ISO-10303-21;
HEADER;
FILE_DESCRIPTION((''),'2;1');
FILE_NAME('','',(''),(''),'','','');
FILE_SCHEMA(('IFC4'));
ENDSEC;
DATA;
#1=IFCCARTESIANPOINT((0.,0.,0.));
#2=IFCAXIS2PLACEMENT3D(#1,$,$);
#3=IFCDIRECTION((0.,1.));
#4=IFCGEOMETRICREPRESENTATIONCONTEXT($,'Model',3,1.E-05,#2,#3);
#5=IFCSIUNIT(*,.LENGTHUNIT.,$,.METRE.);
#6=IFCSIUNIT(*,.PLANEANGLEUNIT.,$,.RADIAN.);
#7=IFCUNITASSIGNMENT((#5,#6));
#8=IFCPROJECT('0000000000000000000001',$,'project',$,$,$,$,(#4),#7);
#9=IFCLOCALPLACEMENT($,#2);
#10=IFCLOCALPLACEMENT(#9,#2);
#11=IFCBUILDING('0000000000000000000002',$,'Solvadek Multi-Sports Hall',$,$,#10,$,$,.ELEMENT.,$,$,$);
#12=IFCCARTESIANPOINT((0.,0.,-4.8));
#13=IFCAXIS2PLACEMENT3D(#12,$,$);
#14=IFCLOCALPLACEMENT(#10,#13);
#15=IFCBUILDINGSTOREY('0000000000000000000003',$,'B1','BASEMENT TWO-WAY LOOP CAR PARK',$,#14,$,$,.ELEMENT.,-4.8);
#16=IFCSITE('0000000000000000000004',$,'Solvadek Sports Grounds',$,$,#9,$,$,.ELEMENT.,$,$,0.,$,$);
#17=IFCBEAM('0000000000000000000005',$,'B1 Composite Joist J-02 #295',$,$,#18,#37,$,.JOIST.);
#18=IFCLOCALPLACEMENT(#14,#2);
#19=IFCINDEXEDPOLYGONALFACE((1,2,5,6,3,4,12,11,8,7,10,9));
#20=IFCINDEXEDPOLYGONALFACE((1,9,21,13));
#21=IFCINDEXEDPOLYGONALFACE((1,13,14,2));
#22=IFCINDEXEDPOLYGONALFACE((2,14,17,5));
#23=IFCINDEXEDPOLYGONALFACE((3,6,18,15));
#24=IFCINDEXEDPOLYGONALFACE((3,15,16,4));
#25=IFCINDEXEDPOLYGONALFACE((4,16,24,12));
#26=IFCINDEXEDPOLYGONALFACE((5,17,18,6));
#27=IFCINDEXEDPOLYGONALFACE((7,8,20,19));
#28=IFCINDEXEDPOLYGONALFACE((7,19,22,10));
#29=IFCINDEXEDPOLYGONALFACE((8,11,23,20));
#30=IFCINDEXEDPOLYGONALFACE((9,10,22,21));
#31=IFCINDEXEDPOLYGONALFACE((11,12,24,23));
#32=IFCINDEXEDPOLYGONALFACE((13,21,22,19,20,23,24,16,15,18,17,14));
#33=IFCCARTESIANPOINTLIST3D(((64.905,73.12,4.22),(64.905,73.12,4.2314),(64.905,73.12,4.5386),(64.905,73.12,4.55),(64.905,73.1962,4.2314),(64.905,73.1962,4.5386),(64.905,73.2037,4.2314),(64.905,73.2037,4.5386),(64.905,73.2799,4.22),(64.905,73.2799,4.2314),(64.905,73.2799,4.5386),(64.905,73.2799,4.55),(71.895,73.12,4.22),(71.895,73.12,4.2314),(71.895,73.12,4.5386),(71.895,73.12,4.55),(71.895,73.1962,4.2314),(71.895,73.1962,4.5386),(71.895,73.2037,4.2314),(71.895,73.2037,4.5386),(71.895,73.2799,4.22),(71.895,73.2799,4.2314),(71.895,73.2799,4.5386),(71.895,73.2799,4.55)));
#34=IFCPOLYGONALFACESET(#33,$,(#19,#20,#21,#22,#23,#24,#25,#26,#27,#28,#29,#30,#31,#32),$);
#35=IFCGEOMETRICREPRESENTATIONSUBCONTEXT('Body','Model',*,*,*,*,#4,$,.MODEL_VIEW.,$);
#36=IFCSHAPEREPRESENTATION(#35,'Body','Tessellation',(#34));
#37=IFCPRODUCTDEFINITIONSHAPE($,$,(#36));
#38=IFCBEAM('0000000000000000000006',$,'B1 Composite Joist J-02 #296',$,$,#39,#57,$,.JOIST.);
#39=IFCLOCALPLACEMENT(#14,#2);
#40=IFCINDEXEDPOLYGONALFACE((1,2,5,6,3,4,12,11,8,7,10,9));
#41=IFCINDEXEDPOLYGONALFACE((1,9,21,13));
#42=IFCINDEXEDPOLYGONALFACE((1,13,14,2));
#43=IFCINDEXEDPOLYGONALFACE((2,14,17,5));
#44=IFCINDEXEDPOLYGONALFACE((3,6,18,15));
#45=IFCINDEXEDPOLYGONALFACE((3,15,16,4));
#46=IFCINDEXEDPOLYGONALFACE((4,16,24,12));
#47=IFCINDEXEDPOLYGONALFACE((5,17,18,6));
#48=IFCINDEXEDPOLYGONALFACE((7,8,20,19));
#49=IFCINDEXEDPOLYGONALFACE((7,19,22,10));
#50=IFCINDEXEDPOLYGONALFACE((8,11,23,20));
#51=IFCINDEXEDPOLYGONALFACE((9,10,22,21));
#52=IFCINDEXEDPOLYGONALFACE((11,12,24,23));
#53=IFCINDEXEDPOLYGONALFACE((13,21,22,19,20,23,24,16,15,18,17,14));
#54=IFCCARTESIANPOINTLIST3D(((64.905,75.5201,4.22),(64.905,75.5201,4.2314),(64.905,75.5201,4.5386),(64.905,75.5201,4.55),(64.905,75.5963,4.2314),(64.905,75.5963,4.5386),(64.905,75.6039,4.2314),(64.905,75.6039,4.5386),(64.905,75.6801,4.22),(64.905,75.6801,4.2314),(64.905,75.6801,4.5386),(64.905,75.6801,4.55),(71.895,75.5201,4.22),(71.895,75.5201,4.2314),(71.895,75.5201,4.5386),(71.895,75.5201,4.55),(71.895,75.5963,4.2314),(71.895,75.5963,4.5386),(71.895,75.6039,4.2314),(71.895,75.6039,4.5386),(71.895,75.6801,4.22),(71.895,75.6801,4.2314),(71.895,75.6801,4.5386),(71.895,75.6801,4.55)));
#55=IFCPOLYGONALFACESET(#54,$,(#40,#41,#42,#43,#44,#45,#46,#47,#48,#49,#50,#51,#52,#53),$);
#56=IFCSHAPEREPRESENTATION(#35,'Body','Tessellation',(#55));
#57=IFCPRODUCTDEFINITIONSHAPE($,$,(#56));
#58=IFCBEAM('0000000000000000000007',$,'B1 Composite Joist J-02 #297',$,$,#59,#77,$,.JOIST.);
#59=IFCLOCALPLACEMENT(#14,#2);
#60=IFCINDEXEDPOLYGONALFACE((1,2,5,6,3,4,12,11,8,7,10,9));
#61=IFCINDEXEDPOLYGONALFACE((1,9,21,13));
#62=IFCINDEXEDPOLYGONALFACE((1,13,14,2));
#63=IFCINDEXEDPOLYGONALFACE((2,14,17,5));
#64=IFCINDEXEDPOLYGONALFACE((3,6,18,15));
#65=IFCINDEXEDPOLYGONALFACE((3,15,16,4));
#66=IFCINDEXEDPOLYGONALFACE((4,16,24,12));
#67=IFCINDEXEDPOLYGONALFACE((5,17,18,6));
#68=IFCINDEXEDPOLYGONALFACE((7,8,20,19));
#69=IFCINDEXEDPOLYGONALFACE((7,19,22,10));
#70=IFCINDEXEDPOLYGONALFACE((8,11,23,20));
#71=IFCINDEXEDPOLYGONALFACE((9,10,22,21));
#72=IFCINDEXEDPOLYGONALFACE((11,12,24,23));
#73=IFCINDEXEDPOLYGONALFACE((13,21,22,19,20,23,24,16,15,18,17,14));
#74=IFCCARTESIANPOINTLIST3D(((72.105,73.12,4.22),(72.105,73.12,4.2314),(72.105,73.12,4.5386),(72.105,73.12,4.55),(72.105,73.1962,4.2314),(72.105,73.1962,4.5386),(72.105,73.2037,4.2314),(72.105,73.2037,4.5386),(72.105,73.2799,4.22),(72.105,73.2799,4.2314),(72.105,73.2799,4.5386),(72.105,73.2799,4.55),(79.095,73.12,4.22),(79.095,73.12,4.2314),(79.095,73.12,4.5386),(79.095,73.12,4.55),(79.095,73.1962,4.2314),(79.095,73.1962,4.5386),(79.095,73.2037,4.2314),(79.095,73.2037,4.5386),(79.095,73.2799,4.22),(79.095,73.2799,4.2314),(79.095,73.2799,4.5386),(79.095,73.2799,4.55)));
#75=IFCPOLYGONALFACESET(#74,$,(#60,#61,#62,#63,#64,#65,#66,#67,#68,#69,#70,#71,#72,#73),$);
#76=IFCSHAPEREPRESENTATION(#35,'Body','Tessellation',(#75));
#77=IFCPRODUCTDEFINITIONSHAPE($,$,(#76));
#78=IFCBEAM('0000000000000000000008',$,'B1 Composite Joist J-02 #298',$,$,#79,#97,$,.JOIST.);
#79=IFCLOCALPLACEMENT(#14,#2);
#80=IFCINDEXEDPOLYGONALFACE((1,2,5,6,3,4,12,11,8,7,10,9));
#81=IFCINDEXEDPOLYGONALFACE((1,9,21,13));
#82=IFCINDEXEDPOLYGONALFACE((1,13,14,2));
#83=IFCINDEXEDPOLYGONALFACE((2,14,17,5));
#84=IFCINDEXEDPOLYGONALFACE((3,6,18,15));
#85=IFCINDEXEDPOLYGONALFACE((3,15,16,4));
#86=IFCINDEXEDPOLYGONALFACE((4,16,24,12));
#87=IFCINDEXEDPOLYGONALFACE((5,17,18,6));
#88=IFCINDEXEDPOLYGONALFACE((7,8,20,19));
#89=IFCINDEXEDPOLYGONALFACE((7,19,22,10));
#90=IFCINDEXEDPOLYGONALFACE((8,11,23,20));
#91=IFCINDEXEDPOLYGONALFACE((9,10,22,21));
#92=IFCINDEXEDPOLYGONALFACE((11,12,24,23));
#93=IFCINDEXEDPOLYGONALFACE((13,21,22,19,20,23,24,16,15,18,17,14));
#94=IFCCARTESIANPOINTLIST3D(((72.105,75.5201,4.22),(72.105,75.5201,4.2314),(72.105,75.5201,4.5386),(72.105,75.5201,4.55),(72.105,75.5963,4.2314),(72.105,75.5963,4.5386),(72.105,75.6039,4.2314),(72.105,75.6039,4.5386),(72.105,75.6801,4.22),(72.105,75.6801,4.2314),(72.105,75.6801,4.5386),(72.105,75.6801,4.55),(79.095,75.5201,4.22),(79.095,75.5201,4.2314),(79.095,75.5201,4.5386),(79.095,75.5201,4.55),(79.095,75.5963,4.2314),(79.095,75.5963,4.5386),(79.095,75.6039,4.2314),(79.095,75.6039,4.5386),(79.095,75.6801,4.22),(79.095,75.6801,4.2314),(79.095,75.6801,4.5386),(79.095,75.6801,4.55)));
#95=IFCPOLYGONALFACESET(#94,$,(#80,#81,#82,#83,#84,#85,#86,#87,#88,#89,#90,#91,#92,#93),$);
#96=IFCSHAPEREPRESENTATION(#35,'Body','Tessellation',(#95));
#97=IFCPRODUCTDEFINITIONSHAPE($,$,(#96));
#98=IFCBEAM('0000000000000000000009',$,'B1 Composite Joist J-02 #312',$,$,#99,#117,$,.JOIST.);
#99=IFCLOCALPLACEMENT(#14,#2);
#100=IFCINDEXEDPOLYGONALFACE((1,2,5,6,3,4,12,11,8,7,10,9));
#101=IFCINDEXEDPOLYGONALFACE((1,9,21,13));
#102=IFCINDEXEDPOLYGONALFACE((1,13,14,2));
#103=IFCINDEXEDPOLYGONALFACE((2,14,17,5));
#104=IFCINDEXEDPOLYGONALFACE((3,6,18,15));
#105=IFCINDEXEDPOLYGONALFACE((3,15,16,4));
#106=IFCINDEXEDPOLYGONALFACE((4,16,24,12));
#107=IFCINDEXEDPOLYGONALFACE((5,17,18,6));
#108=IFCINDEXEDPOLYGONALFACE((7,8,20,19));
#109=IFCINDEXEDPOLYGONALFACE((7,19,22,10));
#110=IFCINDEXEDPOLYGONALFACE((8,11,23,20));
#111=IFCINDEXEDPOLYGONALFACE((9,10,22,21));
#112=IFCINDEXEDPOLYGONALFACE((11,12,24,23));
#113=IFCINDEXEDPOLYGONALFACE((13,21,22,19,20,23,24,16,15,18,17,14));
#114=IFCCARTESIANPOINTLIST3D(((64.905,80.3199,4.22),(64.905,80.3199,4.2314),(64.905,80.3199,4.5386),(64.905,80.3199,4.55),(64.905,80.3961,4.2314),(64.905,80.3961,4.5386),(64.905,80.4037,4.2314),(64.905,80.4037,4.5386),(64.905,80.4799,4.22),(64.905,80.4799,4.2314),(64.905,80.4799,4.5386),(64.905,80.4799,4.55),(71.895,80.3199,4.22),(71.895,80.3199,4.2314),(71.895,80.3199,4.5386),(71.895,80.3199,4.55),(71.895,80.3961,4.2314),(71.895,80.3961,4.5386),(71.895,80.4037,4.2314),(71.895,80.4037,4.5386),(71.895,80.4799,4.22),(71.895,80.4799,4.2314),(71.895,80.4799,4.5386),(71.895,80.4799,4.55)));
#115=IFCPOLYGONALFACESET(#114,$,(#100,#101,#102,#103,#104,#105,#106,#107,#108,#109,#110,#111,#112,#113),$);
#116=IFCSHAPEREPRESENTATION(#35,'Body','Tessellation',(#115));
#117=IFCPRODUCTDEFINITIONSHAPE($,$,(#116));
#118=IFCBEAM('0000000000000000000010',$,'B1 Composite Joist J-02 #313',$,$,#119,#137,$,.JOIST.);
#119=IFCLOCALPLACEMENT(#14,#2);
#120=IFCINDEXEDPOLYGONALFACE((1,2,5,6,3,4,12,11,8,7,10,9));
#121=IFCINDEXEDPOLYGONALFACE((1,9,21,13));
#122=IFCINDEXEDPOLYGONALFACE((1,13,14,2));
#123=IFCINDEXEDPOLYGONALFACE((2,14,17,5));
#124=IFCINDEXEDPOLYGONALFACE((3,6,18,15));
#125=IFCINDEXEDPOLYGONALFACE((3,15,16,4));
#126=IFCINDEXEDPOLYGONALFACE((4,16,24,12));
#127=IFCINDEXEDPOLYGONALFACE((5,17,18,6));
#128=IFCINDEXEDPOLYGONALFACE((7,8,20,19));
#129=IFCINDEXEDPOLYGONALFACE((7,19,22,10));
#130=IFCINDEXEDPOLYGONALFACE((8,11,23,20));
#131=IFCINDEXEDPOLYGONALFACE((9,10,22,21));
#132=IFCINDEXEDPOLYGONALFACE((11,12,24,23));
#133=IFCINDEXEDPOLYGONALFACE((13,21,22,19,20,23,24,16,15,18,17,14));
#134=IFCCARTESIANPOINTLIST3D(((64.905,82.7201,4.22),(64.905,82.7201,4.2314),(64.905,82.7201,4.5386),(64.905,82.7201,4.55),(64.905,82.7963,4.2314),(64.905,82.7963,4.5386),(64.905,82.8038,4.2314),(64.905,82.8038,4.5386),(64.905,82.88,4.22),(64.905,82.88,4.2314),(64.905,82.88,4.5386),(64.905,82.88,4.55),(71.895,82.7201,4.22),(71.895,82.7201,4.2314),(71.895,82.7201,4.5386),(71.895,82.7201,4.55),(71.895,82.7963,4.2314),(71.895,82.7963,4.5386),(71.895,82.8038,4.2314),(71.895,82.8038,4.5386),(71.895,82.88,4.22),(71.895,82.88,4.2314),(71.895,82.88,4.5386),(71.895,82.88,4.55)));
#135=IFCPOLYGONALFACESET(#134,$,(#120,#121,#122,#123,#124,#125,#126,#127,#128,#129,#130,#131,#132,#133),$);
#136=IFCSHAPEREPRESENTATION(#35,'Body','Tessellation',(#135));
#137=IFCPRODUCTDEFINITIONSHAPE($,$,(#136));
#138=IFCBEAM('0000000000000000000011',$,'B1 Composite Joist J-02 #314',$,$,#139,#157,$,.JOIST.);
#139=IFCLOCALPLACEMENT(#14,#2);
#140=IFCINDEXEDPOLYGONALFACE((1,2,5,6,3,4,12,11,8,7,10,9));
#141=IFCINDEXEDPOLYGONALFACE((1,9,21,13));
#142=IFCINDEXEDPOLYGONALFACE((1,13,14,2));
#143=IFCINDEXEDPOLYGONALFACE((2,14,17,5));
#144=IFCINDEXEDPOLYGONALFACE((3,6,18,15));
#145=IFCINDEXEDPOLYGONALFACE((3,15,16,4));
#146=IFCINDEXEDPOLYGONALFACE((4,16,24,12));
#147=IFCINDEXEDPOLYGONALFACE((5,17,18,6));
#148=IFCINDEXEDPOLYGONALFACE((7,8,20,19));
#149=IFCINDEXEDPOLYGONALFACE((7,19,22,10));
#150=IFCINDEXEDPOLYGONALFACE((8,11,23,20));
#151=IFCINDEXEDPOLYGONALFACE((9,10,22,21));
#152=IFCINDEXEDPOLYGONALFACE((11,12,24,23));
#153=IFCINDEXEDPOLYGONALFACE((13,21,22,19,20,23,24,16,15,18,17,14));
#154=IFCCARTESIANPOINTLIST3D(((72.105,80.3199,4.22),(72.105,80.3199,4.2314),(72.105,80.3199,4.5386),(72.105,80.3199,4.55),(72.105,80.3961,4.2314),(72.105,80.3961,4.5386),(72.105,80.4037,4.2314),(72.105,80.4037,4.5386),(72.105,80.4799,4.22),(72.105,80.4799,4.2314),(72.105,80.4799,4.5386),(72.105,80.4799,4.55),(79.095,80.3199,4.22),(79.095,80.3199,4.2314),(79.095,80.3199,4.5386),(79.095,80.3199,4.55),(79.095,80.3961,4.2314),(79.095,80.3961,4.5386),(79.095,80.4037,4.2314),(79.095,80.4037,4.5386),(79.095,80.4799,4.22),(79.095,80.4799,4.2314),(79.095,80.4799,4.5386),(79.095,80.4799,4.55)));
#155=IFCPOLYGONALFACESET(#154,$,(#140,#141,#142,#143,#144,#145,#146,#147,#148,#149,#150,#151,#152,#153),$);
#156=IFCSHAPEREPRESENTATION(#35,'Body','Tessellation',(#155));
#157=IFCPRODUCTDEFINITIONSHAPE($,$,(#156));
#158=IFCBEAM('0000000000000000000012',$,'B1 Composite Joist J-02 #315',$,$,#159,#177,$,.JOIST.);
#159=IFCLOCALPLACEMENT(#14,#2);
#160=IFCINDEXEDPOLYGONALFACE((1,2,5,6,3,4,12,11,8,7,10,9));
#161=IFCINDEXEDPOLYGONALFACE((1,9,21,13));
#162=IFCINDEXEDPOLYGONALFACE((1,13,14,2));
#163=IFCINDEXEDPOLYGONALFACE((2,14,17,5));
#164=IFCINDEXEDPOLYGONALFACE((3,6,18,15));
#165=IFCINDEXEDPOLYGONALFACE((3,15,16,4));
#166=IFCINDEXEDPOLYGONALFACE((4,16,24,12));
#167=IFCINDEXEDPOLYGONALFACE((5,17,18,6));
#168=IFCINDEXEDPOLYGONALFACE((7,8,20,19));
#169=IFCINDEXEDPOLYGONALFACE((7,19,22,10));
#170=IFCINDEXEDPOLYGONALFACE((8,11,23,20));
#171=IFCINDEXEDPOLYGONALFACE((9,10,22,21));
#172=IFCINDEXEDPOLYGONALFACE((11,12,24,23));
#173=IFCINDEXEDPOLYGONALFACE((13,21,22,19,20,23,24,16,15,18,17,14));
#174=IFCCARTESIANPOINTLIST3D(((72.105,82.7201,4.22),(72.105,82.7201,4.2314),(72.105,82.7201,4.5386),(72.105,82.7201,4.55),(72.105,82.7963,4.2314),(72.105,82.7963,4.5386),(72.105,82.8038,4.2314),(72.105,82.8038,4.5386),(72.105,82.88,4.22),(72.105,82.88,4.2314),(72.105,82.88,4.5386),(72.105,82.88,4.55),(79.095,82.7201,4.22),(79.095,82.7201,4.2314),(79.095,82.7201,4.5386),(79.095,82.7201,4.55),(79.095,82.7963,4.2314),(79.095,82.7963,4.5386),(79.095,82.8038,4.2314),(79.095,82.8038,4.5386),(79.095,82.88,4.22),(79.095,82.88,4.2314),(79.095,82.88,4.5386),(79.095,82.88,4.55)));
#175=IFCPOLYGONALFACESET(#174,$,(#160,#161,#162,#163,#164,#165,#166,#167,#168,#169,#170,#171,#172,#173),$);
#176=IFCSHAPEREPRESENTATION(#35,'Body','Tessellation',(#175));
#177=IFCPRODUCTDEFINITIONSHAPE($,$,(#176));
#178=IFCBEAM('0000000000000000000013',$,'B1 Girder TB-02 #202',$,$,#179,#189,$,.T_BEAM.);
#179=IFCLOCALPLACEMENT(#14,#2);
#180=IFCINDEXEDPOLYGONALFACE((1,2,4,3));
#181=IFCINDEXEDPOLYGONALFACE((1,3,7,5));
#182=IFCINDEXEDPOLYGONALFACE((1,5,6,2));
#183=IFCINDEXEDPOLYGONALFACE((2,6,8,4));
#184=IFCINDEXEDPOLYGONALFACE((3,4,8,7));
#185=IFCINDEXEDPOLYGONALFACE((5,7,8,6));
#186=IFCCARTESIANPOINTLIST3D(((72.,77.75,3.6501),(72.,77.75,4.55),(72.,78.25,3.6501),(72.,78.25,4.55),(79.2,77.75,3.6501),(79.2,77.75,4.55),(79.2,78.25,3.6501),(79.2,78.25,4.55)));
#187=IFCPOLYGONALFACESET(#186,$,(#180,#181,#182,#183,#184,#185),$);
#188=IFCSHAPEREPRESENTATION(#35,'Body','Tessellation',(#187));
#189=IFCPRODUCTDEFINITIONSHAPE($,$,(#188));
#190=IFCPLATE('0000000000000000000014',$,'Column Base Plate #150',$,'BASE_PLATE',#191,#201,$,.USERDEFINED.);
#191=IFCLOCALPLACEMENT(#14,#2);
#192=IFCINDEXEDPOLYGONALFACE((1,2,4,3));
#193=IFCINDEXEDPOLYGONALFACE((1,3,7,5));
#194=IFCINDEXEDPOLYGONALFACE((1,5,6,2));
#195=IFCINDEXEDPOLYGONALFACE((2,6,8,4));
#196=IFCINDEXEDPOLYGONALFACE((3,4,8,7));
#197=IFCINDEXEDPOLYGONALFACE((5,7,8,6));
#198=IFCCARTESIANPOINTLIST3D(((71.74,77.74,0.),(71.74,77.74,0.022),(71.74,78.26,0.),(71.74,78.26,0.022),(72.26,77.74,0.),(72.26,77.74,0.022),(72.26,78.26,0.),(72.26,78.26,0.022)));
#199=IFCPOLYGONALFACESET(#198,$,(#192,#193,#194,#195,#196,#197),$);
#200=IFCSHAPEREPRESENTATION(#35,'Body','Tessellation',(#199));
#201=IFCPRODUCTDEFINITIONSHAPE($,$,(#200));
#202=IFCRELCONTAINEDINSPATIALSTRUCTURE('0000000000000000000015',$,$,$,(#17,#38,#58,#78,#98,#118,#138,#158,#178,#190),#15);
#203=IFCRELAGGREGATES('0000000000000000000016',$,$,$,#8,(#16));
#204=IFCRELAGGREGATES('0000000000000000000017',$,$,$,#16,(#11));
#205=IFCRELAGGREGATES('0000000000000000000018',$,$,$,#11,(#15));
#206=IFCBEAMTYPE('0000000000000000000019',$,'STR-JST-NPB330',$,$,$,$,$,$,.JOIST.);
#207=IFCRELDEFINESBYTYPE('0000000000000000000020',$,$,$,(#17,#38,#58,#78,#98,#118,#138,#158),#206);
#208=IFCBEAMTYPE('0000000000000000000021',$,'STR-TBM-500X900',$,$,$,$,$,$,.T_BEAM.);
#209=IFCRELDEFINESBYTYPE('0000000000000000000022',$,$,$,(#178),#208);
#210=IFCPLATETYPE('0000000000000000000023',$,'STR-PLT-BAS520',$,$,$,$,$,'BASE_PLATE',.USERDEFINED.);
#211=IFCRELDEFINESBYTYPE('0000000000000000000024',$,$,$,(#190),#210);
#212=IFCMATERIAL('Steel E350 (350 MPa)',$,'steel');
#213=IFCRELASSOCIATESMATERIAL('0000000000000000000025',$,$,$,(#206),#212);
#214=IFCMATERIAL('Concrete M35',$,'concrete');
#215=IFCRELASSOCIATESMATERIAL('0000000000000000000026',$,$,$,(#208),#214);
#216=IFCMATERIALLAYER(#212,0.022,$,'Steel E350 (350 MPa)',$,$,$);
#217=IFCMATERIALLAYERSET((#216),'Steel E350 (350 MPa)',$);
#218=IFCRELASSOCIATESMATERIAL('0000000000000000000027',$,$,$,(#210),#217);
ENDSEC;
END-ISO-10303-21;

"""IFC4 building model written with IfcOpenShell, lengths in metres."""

from ifc_helpers import new_model, si_unit, direction, frame, origin, origin_2d, place, context, subcontext, project, spatial, rectangle, i_section, extrude, material, layer, layer_set, material_profile, profile_set, type_object, element, save


model = new_model("IFC4")

# Units and contexts
model_context = context("Model", 3, precision=1e-05, world=origin(), true_north=direction((0.0, 1.0)))
body_context = subcontext(model_context, "Body", "Model", "MODEL_VIEW")
ifc_project = project(units=[si_unit("LENGTHUNIT", "METRE"), si_unit("PLANEANGLEUNIT", "RADIAN")], contexts=[model_context])

# Site, building, storey
site_placement = place(None, origin())
site = spatial("IfcSite", under=ifc_project, at=site_placement, Name="Solvadek Sports Grounds", CompositionType="ELEMENT", RefElevation=0.0)
building_placement = place(site_placement, origin())
building = spatial("IfcBuilding", under=site, at=building_placement, Name="Solvadek Multi-Sports Hall", CompositionType="ELEMENT")
storey_placement = place(building_placement, frame((0.0, 0.0, -4.8)))
storey = spatial("IfcBuildingStorey", under=building, at=storey_placement, Name="B1", Description="BASEMENT TWO-WAY LOOP CAR PARK", CompositionType="ELEMENT", Elevation=-4.8)

# Shared definitions
ifc_material_1 = material(Name="Concrete M35", Category="concrete")

# Shared definitions
ifc_material_2 = material(Name="Steel E350 (350 MPa)", Category="steel")

# Beams
ifc_material_profile_1 = material_profile(ifc_material_2, i_section(OverallWidth=0.1599, OverallDepth=0.3301, WebThickness=0.0076, FlangeThickness=0.0115, at=origin_2d()), Name="NPB 330")
ifc_profile_set_1 = profile_set([ifc_material_profile_1], Name="Steel E350 (350 MPa)")
beam_type_1 = type_object("IfcBeamType", Name="STR-JST-NPB330", PredefinedType="JOIST", material=ifc_profile_set_1)
for number, where, z_axis, x_axis, name in (
    (1, (64.905, 73.2, 4.385), (1.0, 0.0, 0.0), (0.0, 1.0, 0.0), "B1 Composite Joist J-02 #295"),
    (2, (64.905, 75.6001, 4.385), (1.0, 0.0, 0.0), (0.0, 1.0, 0.0), "B1 Composite Joist J-02 #296"),
    (3, (72.105, 73.2, 4.385), (1.0, 0.0, 0.0), (0.0, 1.0, 0.0), "B1 Composite Joist J-02 #297"),
    (4, (72.105, 75.6001, 4.385), (1.0, 0.0, 0.0), (0.0, 1.0, 0.0), "B1 Composite Joist J-02 #298"),
    (5, (64.905, 80.3999, 4.385), (1.0, 0.0, 0.0), (0.0, 1.0, 0.0), "B1 Composite Joist J-02 #312"),
    (6, (64.905, 82.8, 4.385), (1.0, 0.0, 0.0), (0.0, 1.0, 0.0), "B1 Composite Joist J-02 #313"),
    (7, (72.105, 80.3999, 4.385), (1.0, 0.0, 0.0), (0.0, 1.0, 0.0), "B1 Composite Joist J-02 #314"),
    (8, (72.105, 82.8, 4.385), (1.0, 0.0, 0.0), (0.0, 1.0, 0.0), "B1 Composite Joist J-02 #315"),
):
    element("IfcBeam", number, at=place(storey_placement, frame(where, z_axis=z_axis, x_axis=x_axis)), inside=storey, type_object=beam_type_1, Name=name, PredefinedType="JOIST", context=body_context, shape_type="SweptSolid", body=[
        extrude(i_section(OverallWidth=0.1599, OverallDepth=0.3301, WebThickness=0.0076, FlangeThickness=0.0115, at=origin_2d()), origin(), (0.0, 0.0, 1.0), 6.99),
    ])
ifc_material_profile_2 = material_profile(ifc_material_1, rectangle(XDim=0.5, YDim=0.8999, at=origin_2d()), Name="RC T-BEAM 500x900")
ifc_profile_set_2 = profile_set([ifc_material_profile_2], Name="Concrete M35")
beam_type_2 = type_object("IfcBeamType", Name="STR-TBM-500X900", PredefinedType="T_BEAM", material=ifc_profile_set_2)
beam_placement = place(storey_placement, frame((72.0, 78.0, 4.1001), z_axis=(1.0, 0.0, 0.0), x_axis=(0.0, 1.0, 0.0)))
element("IfcBeam", 9, at=beam_placement, inside=storey, type_object=beam_type_2, Name="B1 Girder TB-02 #202", PredefinedType="T_BEAM", context=body_context, shape_type="SweptSolid", body=[
    extrude(rectangle(XDim=0.5, YDim=0.8999, at=origin_2d()), origin(), (0.0, 0.0, 1.0), 7.2),
])

# Plate
ifc_layer = layer(ifc_material_2, 0.022, Name="Steel E350 (350 MPa)")
ifc_layer_set = layer_set([ifc_layer], Name="Steel E350 (350 MPa)")
plate_type = type_object("IfcPlateType", Name="STR-PLT-BAS520", ElementType="BASE_PLATE", PredefinedType="USERDEFINED", material=ifc_layer_set)
plate_placement = place(storey_placement, frame((72.0, 78.0, 0.0), z_axis=(0.0, 0.0, 1.0), x_axis=(1.0, 0.0, 0.0)))
element("IfcPlate", 10, at=plate_placement, inside=storey, type_object=plate_type, Name="Column Base Plate #150", ObjectType="BASE_PLATE", PredefinedType="USERDEFINED", context=body_context, shape_type="SweptSolid", body=[
    extrude(rectangle(XDim=0.52, YDim=0.52, at=origin_2d()), origin(), (0.0, 0.0, 1.0), 0.022),
])

save(model, "model.ifc")
